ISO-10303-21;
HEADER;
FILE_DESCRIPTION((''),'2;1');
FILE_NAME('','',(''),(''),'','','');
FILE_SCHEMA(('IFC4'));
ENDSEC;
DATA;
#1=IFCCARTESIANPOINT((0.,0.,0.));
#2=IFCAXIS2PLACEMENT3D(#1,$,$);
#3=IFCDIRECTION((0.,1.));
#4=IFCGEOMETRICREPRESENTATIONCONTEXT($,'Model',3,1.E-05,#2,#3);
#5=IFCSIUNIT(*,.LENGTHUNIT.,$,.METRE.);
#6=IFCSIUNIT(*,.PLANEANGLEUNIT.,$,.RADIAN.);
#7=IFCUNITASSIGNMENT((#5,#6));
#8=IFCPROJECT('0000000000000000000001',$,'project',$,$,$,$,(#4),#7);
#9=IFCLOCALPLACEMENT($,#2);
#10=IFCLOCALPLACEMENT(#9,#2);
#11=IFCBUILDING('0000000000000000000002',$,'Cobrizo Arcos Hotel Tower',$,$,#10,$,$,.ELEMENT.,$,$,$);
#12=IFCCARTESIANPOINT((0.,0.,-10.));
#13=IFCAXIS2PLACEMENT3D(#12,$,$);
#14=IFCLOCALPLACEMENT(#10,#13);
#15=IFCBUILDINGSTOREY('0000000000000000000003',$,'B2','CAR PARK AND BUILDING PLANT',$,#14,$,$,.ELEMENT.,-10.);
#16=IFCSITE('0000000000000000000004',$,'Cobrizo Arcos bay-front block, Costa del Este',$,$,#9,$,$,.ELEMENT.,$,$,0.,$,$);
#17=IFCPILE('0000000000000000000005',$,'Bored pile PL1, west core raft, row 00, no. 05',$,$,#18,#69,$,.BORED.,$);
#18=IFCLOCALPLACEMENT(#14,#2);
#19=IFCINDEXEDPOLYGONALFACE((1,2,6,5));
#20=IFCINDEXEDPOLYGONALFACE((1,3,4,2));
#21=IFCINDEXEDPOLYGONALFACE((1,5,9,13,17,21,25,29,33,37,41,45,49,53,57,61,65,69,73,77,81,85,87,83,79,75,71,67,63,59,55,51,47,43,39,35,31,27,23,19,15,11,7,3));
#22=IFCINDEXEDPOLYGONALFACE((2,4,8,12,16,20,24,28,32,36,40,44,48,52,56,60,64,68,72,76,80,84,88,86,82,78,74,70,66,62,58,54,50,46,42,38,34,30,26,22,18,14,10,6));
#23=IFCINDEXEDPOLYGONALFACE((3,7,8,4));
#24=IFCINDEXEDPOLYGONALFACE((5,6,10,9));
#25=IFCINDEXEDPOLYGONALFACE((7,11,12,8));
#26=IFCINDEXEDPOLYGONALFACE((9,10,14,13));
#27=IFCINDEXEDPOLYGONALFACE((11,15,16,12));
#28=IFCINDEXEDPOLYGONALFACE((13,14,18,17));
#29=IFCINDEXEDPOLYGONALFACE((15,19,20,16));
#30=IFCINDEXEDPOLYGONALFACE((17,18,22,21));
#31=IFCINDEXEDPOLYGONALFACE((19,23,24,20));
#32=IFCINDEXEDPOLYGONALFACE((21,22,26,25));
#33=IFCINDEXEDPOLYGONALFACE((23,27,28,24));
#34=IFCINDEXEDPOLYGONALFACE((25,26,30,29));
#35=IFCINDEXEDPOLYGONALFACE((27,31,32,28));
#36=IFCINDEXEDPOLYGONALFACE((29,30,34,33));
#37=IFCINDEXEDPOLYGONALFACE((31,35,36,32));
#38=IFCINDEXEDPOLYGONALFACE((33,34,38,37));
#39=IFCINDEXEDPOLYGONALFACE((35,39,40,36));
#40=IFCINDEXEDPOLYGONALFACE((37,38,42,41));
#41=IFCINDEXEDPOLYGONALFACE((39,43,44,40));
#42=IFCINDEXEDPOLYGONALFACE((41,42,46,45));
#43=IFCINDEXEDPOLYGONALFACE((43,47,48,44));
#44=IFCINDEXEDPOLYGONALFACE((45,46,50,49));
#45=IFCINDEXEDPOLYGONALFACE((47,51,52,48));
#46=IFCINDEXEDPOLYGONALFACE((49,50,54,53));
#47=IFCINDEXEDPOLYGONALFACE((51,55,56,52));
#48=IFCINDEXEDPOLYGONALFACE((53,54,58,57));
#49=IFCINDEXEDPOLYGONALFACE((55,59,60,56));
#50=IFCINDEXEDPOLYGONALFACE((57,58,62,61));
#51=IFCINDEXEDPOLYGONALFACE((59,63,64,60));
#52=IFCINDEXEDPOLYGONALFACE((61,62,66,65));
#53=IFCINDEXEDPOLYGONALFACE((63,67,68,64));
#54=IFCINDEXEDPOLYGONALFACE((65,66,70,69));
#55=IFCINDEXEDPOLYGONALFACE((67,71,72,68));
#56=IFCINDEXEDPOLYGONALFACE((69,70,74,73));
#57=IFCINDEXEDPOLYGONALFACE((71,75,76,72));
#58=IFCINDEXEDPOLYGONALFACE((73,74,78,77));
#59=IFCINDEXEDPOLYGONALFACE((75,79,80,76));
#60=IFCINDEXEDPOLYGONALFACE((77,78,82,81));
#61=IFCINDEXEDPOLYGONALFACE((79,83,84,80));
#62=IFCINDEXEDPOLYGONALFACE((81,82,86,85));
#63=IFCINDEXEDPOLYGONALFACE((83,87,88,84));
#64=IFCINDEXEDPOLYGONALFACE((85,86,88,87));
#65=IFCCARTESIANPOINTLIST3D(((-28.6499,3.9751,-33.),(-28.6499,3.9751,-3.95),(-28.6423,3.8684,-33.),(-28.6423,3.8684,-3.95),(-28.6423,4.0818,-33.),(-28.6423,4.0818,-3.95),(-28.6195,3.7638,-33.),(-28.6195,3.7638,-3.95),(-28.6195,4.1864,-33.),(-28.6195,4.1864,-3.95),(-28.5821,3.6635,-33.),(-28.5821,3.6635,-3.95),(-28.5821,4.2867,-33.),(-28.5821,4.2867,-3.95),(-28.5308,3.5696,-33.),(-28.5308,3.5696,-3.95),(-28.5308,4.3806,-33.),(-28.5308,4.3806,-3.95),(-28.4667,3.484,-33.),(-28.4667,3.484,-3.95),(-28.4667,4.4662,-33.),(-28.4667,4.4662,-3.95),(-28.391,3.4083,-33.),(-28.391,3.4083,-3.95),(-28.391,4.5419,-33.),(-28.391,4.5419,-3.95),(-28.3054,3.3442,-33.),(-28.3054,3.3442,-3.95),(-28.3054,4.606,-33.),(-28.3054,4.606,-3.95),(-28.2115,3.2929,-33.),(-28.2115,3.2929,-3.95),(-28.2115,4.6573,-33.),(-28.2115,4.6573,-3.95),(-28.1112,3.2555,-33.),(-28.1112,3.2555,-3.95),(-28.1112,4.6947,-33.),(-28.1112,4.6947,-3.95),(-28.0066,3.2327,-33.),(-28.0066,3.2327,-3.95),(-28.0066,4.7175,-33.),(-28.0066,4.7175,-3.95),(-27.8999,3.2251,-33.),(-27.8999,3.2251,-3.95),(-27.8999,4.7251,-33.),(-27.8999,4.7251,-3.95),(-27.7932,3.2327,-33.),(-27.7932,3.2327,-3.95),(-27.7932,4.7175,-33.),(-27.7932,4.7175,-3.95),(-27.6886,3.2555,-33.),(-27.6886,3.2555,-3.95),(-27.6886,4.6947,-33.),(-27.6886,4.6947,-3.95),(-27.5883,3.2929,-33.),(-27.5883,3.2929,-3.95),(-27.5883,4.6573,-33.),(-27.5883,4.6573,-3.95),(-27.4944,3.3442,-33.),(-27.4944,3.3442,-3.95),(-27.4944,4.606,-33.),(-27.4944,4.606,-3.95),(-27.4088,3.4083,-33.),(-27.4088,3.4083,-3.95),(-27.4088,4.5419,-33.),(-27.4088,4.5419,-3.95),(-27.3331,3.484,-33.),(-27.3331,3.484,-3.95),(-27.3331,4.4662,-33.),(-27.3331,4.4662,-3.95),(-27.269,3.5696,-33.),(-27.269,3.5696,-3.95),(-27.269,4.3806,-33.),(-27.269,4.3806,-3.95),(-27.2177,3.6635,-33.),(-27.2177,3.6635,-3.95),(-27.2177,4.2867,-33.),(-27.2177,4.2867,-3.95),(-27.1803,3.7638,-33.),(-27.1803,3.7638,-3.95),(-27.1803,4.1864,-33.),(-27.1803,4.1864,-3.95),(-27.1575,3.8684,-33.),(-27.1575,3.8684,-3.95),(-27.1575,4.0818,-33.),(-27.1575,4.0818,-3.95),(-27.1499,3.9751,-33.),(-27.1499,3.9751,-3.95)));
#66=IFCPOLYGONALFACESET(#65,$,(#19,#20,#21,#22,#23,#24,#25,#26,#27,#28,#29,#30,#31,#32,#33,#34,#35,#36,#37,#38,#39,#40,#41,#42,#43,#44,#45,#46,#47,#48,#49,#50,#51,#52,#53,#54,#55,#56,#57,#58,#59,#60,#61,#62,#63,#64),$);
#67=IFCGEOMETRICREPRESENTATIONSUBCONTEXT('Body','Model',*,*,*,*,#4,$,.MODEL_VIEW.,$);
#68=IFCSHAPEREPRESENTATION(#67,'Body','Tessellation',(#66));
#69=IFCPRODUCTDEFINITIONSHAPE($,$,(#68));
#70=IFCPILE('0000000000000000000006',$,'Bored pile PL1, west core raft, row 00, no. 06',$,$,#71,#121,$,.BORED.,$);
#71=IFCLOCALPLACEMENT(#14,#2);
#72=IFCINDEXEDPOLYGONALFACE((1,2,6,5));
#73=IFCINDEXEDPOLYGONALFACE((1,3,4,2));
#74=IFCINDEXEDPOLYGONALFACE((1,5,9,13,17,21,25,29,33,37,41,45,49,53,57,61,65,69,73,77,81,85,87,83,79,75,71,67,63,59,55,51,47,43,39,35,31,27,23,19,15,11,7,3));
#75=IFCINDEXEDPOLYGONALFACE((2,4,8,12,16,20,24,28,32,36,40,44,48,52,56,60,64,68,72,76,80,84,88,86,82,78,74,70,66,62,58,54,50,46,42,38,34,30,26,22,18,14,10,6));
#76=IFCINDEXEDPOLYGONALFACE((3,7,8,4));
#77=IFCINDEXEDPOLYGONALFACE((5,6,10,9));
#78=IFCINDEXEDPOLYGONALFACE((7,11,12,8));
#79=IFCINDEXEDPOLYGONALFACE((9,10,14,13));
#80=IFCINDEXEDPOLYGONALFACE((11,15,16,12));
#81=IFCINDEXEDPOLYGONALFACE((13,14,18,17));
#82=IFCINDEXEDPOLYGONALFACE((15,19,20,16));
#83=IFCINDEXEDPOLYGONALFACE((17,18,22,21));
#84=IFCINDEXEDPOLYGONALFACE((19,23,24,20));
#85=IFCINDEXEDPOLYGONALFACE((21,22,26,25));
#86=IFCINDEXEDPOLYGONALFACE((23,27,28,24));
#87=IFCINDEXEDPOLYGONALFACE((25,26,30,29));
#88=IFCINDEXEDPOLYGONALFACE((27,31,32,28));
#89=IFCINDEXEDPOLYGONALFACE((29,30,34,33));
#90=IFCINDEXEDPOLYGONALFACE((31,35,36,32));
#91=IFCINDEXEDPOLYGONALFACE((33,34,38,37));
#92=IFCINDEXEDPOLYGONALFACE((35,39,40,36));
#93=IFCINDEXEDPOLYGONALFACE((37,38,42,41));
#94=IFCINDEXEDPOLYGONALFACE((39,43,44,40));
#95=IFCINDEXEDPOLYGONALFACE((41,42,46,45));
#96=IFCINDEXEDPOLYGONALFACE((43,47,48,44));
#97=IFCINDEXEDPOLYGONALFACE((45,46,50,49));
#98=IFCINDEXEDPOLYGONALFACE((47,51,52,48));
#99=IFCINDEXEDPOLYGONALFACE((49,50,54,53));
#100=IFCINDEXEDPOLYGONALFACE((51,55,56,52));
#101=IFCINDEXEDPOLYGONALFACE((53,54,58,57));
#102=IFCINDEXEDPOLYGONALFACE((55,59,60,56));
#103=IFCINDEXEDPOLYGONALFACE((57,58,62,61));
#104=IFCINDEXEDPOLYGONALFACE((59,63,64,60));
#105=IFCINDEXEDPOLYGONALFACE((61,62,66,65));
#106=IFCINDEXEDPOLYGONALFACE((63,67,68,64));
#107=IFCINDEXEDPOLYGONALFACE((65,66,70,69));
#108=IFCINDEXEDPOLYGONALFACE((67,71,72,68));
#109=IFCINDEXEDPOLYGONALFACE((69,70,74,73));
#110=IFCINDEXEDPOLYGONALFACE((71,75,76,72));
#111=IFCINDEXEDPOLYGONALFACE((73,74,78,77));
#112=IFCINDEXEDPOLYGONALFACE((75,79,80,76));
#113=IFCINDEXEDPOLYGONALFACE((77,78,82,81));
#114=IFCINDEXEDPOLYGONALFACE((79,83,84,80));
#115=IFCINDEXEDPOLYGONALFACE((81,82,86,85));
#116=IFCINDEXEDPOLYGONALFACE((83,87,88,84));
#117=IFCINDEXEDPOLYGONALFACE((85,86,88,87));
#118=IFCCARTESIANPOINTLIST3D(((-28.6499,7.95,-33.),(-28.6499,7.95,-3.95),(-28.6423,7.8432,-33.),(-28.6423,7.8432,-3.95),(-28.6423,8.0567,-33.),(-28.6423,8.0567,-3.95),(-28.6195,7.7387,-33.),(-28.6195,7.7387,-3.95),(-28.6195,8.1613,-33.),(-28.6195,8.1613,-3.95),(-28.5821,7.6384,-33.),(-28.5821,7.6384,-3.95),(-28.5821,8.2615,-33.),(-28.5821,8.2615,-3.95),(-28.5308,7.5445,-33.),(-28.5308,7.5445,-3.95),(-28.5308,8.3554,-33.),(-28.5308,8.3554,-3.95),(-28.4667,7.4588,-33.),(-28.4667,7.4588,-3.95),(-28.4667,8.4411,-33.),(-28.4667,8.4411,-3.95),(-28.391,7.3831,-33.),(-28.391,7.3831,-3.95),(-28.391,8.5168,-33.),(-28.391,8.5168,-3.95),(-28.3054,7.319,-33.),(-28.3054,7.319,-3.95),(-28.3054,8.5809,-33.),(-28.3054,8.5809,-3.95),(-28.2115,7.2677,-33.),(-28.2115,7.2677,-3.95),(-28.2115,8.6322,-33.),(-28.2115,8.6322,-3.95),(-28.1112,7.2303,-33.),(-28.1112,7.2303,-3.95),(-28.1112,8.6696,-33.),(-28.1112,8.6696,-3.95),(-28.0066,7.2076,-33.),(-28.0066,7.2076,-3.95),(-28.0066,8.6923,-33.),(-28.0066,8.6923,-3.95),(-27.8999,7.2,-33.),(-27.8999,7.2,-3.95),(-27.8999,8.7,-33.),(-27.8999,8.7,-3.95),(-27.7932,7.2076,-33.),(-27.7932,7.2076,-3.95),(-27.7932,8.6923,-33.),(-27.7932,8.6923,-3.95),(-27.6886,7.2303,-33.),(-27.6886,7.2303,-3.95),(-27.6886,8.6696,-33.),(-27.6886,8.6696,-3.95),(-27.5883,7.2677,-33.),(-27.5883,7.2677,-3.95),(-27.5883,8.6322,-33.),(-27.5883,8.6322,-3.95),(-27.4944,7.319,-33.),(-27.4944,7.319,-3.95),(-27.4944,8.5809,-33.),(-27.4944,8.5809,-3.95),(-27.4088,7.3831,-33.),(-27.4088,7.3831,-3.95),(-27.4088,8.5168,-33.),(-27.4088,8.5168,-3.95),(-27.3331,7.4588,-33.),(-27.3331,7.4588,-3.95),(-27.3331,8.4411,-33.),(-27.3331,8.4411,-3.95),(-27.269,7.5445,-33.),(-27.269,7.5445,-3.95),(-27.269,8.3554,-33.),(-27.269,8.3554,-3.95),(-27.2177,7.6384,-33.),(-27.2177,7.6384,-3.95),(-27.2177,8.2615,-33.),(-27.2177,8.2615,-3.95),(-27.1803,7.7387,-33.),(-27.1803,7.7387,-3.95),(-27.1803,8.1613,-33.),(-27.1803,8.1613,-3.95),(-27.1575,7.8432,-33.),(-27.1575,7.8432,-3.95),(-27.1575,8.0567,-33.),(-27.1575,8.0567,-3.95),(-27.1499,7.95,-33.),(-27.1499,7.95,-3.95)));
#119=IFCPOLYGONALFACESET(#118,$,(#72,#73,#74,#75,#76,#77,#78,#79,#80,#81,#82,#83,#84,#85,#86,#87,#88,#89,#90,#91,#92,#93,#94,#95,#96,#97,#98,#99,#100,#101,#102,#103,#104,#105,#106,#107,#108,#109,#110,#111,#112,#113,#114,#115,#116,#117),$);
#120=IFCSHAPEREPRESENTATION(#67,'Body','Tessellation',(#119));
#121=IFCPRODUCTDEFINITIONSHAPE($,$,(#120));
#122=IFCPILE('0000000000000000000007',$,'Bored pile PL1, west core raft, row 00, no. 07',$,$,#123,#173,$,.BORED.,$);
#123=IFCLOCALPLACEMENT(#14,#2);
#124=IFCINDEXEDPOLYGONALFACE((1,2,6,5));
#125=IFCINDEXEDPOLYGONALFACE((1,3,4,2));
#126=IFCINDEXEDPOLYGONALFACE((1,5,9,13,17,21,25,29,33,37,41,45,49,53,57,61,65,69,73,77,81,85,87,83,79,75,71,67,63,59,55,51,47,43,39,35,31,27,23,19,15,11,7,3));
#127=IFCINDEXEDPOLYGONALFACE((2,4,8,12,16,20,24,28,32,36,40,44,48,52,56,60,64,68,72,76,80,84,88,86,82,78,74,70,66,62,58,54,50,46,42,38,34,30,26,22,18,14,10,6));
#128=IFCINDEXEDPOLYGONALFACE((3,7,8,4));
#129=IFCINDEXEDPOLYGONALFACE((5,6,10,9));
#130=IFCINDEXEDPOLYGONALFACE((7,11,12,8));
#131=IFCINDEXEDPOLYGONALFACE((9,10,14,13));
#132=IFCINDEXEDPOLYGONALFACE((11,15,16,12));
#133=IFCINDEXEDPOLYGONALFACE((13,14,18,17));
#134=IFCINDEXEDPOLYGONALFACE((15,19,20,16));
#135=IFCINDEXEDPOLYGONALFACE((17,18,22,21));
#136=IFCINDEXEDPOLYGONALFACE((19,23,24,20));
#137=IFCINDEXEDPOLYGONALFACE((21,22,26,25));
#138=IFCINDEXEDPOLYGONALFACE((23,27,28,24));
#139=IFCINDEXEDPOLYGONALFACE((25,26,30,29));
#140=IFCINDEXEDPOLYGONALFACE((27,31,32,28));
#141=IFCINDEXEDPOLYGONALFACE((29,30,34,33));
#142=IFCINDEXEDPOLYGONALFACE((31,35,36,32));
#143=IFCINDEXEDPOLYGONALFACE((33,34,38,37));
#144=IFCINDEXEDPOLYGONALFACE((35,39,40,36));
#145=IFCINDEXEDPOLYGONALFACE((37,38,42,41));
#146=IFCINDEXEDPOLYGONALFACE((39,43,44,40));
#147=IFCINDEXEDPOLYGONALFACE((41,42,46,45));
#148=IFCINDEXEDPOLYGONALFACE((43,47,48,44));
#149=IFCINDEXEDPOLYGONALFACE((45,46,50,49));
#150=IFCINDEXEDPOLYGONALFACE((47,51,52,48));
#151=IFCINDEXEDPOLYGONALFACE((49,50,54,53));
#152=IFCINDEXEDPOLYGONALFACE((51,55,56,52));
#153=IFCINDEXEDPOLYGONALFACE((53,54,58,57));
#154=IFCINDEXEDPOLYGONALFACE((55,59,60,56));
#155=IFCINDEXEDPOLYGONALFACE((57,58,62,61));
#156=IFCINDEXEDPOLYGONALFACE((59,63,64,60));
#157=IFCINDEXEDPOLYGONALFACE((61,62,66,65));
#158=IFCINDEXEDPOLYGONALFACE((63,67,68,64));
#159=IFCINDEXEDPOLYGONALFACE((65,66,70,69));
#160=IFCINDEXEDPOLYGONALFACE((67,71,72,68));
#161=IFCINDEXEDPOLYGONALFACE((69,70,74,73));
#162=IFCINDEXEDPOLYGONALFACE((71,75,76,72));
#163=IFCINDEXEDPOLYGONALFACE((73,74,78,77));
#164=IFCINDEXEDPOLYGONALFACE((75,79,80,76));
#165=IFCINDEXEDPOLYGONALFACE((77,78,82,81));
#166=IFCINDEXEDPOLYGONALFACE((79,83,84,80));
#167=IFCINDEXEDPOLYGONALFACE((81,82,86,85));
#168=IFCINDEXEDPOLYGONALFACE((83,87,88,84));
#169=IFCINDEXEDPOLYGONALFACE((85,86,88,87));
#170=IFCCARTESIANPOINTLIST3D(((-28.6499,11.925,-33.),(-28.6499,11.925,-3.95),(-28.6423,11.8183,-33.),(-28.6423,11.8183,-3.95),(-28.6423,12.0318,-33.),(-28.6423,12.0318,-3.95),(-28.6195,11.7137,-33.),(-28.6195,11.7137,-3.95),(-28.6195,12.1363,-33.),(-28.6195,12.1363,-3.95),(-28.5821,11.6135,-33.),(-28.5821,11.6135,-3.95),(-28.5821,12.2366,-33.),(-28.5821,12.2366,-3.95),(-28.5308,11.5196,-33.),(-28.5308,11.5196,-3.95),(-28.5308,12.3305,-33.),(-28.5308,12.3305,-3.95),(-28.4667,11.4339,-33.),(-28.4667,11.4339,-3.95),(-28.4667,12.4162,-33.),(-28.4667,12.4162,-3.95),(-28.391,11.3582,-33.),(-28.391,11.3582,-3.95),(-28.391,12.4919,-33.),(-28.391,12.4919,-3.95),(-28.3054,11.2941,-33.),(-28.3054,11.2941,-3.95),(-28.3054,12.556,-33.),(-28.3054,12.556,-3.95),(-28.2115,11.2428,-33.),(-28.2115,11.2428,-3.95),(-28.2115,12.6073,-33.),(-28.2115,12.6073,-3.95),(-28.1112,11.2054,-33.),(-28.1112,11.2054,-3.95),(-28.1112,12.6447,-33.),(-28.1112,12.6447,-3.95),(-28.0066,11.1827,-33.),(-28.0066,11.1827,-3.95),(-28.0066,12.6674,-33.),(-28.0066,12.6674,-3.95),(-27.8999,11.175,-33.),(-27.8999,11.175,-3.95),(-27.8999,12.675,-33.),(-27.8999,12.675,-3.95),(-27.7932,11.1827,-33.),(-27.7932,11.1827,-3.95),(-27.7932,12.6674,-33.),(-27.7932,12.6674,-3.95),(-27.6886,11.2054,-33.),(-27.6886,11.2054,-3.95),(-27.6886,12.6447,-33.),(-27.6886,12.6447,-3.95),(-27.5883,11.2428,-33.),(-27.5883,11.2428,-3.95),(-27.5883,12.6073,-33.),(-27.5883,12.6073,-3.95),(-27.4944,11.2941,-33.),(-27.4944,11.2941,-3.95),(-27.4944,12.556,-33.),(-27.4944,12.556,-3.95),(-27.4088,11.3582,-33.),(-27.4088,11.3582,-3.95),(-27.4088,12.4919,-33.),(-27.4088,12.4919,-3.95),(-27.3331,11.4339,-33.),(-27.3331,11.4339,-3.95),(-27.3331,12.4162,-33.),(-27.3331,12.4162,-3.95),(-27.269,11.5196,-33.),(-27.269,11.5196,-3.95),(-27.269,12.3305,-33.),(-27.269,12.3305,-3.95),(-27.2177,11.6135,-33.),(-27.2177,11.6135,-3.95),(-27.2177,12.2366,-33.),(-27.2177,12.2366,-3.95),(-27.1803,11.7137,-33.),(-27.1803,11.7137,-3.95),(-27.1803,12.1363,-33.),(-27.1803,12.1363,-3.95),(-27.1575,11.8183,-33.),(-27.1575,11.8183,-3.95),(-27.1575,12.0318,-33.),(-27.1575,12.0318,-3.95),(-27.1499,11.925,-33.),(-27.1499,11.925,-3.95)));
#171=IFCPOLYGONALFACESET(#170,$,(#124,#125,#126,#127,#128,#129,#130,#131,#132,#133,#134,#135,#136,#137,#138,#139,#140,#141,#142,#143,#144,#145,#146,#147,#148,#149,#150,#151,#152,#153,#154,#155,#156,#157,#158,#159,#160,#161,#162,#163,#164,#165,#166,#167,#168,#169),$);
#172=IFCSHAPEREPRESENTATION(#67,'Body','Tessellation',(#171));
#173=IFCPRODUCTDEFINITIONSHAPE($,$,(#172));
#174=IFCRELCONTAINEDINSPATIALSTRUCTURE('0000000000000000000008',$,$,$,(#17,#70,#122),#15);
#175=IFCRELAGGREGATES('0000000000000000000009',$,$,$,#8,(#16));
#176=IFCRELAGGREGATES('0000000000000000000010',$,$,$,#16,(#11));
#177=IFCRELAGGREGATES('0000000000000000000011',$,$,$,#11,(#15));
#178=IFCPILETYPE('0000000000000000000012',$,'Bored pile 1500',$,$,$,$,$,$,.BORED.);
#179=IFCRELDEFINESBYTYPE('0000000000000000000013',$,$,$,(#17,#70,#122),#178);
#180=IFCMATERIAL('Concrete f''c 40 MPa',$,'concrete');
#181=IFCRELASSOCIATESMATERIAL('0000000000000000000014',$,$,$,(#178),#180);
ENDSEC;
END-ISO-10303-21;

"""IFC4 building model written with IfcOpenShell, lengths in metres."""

from ifc_helpers import new_model, si_unit, direction, frame, origin, origin_2d, place, context, subcontext, project, spatial, circle, extrude, material, material_profile, profile_set, type_object, element, save


model = new_model("IFC4")

# Units and contexts
model_context = context("Model", 3, precision=1e-05, world=origin(), true_north=direction((0.0, 1.0)))
body_context = subcontext(model_context, "Body", "Model", "MODEL_VIEW")
ifc_project = project(units=[si_unit("LENGTHUNIT", "METRE"), si_unit("PLANEANGLEUNIT", "RADIAN")], contexts=[model_context])

# Site, building, storey
site_placement = place(None, origin())
site = spatial("IfcSite", under=ifc_project, at=site_placement, Name="Cobrizo Arcos bay-front block, Costa del Este", CompositionType="ELEMENT", RefElevation=0.0)
building_placement = place(site_placement, origin())
building = spatial("IfcBuilding", under=site, at=building_placement, Name="Cobrizo Arcos Hotel Tower", CompositionType="ELEMENT")
storey_placement = place(building_placement, frame((0.0, 0.0, -10.0)))
storey = spatial("IfcBuildingStorey", under=building, at=storey_placement, Name="B2", Description="CAR PARK AND BUILDING PLANT", CompositionType="ELEMENT", Elevation=-10.0)

# Piles
ifc_material_1 = material(Name="Concrete f'c 40 MPa", Category="concrete")
ifc_material_profile_1 = material_profile(ifc_material_1, circle(Radius=0.75, at=origin_2d()), Name="BORED PILE 1500")
ifc_profile_set_1 = profile_set([ifc_material_profile_1], Name="Concrete f'c 40 MPa")
pile_type = type_object("IfcPileType", Name="Bored pile 1500", PredefinedType="BORED", material=ifc_profile_set_1)
for number, where, z_axis, x_axis, name in (
    (1, (-27.8999, 3.9751, -3.95), (0.0, 0.0, -1.0), (1.0, 0.0, 0.0), "Bored pile PL1, west core raft, row 00, no. 05"),
    (2, (-27.8999, 7.95, -3.95), (0.0, 0.0, -1.0), (1.0, 0.0, 0.0), "Bored pile PL1, west core raft, row 00, no. 06"),
    (3, (-27.8999, 11.925, -3.95), (0.0, 0.0, -1.0), (1.0, 0.0, 0.0), "Bored pile PL1, west core raft, row 00, no. 07"),
):
    element("IfcPile", number, at=place(storey_placement, frame(where, z_axis=z_axis, x_axis=x_axis)), inside=storey, type_object=pile_type, Name=name, PredefinedType="BORED", context=body_context, shape_type="SweptSolid", body=[
        extrude(circle(Radius=0.75, at=origin_2d()), origin(), (0.0, 0.0, 1.0), 29.05),
    ])

save(model, "model.ifc")
